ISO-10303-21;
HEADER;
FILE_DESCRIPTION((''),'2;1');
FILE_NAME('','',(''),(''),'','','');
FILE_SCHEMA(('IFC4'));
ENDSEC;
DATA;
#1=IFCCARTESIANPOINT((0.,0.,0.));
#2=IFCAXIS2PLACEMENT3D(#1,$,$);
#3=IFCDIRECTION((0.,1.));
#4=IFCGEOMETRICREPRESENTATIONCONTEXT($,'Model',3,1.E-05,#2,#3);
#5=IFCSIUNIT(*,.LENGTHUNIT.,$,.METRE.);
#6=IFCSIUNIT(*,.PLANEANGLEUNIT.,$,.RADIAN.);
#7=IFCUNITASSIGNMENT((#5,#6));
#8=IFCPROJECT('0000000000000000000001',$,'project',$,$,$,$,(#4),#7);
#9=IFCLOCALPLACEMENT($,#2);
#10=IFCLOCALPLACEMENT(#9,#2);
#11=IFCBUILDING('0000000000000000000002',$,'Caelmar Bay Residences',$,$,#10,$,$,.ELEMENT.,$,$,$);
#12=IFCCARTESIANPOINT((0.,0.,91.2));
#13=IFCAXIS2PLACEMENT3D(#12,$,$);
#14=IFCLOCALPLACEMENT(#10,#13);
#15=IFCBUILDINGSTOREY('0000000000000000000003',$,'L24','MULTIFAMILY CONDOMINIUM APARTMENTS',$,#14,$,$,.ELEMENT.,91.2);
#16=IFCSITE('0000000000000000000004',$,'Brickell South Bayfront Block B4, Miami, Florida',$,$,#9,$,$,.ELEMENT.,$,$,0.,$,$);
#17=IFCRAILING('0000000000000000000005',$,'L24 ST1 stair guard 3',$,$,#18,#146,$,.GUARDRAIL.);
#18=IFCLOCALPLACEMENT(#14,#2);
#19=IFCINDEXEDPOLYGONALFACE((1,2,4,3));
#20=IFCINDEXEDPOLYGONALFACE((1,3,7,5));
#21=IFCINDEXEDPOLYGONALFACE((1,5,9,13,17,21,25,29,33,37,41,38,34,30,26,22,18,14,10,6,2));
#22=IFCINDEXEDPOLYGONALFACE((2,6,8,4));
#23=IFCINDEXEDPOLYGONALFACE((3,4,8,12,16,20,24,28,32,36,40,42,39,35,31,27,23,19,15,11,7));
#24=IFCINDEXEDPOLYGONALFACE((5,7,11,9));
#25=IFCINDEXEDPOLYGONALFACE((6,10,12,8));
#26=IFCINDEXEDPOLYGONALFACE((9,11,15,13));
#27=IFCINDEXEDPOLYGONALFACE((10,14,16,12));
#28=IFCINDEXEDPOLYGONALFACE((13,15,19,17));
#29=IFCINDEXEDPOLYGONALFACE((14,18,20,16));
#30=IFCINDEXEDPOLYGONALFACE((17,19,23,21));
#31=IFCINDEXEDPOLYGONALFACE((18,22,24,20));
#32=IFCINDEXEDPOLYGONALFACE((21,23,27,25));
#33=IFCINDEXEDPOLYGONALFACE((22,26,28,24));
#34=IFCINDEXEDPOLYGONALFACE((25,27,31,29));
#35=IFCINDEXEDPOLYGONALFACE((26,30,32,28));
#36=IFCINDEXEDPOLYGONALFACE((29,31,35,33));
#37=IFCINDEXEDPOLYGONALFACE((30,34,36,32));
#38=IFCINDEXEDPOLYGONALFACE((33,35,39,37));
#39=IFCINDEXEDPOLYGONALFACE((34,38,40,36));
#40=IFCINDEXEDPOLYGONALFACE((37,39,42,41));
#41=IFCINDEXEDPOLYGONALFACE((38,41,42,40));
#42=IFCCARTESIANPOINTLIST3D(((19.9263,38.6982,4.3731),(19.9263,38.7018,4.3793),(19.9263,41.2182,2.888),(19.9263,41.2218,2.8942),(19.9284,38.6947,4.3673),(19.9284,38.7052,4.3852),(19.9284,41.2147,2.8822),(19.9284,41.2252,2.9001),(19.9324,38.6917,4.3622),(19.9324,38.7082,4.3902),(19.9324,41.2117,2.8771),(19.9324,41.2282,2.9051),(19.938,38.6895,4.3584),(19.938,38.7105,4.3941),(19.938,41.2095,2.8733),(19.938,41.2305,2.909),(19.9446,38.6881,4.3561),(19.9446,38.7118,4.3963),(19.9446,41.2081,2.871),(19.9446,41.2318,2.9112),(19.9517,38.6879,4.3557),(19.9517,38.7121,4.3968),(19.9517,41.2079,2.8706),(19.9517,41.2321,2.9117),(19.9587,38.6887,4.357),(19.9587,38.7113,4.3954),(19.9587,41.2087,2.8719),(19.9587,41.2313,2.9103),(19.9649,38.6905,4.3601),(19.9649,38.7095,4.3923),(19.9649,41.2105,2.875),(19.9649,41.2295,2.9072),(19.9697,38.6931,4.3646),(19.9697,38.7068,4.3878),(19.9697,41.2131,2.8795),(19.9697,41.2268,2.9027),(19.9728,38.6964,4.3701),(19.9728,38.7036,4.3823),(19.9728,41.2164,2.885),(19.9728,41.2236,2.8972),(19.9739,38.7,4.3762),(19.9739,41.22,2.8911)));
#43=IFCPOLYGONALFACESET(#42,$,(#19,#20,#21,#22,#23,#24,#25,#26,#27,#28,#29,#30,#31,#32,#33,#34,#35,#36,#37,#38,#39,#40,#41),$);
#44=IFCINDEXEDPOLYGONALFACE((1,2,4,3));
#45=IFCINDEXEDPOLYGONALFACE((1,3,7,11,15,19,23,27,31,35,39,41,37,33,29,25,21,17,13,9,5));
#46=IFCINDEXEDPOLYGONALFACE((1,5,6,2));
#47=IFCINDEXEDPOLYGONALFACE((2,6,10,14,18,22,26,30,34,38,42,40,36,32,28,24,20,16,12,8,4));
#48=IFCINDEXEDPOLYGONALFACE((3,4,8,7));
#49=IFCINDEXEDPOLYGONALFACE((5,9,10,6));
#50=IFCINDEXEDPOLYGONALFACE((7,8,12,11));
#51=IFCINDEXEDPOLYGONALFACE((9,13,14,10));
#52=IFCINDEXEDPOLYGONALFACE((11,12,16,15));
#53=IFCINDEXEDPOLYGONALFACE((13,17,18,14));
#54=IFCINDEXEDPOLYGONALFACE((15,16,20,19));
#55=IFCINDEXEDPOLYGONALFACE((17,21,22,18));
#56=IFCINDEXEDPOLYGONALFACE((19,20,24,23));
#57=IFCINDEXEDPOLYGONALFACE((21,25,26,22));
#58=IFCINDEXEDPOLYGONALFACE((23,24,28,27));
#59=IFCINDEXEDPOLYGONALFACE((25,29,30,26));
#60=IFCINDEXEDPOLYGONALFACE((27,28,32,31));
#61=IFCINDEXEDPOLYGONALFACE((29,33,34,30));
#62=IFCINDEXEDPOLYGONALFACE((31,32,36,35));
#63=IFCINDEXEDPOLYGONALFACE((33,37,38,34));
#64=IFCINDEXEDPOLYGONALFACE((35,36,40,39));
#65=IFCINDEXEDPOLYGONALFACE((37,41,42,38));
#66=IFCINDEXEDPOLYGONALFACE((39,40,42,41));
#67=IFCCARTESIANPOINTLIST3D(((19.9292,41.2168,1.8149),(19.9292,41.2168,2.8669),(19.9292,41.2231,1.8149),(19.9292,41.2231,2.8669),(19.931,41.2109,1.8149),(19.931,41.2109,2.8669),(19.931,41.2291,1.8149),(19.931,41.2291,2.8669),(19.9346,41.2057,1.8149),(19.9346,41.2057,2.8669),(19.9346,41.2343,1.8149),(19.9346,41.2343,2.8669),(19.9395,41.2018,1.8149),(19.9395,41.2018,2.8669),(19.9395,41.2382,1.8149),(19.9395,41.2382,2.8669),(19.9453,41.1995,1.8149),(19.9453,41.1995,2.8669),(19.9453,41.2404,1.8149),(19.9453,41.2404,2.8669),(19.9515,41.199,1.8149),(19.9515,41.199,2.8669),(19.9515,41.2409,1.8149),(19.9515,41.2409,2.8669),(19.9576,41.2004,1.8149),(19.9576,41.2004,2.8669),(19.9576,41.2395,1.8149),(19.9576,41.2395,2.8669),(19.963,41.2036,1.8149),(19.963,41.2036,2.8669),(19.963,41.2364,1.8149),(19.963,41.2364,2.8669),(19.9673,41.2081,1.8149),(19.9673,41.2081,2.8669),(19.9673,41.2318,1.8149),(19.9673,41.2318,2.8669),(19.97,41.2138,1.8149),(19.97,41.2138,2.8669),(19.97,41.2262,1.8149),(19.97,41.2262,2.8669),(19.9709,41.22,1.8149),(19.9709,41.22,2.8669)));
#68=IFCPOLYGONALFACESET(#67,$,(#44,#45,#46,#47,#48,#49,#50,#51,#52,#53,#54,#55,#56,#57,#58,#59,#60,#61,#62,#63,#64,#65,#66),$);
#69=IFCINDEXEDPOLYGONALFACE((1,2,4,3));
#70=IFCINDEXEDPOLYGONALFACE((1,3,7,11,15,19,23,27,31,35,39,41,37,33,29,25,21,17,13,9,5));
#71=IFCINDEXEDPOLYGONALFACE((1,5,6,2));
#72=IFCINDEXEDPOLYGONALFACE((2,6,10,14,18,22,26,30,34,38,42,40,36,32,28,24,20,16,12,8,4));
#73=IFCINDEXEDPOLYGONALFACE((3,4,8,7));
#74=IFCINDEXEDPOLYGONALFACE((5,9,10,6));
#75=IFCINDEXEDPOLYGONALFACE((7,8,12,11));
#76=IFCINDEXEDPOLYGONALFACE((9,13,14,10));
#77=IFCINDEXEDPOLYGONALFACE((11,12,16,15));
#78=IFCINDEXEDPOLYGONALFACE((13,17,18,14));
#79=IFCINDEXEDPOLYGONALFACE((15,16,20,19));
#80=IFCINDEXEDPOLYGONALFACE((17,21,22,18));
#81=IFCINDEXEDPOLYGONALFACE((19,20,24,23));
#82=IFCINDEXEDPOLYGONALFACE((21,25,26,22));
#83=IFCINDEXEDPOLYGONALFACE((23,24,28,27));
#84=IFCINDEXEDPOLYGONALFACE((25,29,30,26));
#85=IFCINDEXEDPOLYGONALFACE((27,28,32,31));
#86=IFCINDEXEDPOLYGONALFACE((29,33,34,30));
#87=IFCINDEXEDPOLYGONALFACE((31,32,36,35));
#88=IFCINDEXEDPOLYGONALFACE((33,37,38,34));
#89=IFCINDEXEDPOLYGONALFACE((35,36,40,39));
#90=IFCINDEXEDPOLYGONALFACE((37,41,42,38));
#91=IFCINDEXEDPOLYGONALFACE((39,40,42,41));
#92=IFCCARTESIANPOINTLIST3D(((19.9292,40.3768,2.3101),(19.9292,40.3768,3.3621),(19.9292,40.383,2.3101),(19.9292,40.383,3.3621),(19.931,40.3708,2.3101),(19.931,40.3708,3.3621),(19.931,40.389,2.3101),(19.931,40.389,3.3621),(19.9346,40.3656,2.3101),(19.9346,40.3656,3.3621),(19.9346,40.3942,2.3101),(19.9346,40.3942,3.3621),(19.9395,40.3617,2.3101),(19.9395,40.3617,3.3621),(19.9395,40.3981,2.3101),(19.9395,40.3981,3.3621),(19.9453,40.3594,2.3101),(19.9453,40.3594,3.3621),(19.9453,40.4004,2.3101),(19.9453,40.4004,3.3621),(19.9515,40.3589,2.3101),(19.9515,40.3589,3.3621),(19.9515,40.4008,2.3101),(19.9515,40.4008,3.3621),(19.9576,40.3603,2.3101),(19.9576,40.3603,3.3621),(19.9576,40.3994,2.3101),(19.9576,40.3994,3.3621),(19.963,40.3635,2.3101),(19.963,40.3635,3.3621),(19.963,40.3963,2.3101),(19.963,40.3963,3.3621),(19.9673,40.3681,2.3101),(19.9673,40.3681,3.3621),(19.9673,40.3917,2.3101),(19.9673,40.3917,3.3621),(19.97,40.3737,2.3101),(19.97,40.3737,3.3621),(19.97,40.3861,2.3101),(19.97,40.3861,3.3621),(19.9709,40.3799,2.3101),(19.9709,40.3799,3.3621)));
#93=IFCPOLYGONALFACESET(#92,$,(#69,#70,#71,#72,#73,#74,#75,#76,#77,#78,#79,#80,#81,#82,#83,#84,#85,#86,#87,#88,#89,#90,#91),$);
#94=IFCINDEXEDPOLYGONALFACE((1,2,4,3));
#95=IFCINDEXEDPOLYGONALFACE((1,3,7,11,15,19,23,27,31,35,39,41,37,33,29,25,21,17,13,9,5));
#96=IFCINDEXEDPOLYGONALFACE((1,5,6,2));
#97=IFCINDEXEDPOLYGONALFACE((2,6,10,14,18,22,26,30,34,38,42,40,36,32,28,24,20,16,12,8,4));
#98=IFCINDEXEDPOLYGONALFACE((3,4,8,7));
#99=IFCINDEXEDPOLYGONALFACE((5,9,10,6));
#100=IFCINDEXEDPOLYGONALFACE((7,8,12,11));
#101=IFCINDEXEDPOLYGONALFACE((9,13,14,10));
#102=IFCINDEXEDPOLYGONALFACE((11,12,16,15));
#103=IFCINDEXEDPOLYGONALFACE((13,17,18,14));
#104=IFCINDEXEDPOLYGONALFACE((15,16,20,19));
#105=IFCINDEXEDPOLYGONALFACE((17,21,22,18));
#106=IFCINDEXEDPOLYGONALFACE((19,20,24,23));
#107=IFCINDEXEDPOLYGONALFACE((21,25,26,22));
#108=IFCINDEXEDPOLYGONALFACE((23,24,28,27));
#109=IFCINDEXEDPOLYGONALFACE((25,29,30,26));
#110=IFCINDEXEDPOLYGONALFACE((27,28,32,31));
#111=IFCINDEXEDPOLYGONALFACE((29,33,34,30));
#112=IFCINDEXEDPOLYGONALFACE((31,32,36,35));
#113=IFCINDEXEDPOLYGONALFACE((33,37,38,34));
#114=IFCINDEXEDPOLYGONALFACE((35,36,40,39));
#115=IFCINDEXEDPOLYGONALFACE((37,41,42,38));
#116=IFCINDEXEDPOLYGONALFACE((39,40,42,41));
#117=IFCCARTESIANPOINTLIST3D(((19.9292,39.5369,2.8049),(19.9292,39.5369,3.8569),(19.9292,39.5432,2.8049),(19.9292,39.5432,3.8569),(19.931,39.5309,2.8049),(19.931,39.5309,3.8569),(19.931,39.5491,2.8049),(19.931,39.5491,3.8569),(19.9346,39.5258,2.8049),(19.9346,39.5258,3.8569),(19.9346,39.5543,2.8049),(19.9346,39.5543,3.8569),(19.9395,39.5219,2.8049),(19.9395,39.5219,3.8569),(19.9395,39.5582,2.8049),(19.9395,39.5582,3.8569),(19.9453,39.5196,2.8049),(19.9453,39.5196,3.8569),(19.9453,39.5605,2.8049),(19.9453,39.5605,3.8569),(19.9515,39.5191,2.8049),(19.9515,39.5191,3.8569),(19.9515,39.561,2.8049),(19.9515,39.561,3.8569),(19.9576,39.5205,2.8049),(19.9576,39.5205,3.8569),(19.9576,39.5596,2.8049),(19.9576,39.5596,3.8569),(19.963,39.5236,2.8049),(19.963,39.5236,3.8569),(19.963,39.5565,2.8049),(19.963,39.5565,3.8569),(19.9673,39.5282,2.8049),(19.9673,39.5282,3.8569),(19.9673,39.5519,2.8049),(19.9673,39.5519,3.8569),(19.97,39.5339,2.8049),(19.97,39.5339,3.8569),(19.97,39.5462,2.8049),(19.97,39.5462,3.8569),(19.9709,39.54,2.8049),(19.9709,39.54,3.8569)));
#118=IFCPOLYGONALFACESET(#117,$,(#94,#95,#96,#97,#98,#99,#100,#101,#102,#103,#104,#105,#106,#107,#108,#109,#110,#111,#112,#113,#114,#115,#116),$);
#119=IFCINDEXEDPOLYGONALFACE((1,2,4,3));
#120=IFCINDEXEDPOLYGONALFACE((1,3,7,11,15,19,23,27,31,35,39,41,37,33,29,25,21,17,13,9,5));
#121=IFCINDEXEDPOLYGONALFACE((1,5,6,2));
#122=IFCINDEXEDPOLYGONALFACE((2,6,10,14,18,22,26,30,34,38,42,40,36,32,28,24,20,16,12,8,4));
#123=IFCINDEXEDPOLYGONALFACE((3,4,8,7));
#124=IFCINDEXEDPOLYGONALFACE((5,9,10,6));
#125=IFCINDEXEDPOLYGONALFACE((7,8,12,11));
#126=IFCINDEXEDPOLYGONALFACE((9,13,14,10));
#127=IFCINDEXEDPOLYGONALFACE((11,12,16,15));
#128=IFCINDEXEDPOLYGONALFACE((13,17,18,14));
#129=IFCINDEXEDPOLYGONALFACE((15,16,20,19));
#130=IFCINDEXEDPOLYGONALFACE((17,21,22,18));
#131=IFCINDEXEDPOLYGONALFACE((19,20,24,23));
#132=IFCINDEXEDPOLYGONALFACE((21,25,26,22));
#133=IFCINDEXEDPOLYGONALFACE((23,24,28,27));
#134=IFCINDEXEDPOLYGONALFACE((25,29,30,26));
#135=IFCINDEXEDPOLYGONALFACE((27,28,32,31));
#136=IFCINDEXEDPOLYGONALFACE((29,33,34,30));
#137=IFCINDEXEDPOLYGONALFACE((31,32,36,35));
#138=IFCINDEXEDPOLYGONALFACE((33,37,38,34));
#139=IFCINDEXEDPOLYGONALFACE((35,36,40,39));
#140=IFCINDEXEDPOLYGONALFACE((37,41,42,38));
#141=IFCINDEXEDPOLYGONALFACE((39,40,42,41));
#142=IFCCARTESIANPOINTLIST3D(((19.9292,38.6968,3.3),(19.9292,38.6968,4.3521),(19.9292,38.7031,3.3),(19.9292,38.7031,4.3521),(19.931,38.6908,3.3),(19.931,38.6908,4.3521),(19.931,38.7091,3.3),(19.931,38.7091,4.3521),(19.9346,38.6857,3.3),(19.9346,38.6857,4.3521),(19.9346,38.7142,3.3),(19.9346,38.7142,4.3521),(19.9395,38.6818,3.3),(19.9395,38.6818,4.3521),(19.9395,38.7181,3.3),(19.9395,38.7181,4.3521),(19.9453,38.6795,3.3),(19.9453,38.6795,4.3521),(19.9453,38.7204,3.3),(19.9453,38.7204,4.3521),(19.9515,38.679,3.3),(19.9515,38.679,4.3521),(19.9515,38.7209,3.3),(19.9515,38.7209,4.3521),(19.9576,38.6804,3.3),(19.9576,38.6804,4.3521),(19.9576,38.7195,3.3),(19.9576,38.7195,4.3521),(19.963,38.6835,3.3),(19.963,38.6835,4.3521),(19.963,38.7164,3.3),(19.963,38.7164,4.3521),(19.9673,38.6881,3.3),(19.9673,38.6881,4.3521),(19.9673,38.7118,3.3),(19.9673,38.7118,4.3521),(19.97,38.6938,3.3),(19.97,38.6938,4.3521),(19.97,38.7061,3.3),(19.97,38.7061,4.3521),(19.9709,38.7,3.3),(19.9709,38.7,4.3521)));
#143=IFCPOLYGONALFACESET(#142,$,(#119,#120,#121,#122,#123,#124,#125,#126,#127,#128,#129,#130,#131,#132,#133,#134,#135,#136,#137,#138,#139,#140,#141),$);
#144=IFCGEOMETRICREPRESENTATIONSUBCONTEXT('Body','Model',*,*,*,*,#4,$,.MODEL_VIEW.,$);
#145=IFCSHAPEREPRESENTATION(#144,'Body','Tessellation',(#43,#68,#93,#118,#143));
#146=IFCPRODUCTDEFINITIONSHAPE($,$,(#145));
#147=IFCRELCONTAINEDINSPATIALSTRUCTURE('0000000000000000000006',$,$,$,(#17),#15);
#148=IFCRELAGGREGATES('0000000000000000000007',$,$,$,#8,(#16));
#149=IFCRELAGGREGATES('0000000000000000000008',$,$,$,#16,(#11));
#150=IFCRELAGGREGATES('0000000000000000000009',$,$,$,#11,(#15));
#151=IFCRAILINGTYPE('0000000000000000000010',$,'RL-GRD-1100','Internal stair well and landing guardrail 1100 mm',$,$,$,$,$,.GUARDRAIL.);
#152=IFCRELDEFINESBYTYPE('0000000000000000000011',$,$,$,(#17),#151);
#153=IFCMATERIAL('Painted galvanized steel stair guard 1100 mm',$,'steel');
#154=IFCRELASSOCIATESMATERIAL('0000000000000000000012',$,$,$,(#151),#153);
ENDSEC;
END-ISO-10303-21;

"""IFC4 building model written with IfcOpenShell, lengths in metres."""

from ifc_helpers import new_model, si_unit, direction, frame, origin, origin_2d, place, context, subcontext, project, spatial, circle, extrude, material, type_object, element, save


model = new_model("IFC4")

# Units and contexts
model_context = context("Model", 3, precision=1e-05, world=origin(), true_north=direction((0.0, 1.0)))
body_context = subcontext(model_context, "Body", "Model", "MODEL_VIEW")
ifc_project = project(units=[si_unit("LENGTHUNIT", "METRE"), si_unit("PLANEANGLEUNIT", "RADIAN")], contexts=[model_context])

# Site, building, storey
site_placement = place(None, origin())
site = spatial("IfcSite", under=ifc_project, at=site_placement, Name="Brickell South Bayfront Block B4, Miami, Florida", CompositionType="ELEMENT", RefElevation=0.0)
building_placement = place(site_placement, origin())
building = spatial("IfcBuilding", under=site, at=building_placement, Name="Caelmar Bay Residences", CompositionType="ELEMENT")
storey_placement = place(building_placement, frame((0.0, 0.0, 91.2)))
storey = spatial("IfcBuildingStorey", under=building, at=storey_placement, Name="L24", Description="MULTIFAMILY CONDOMINIUM APARTMENTS", CompositionType="ELEMENT", Elevation=91.2)

# Railing
ifc_material_1 = material(Name="Painted galvanized steel stair guard 1100 mm", Category="steel")
railing_type_1 = type_object("IfcRailingType", Name="RL-GRD-1100", Description="Internal stair well and landing guardrail 1100 mm", PredefinedType="GUARDRAIL", material=ifc_material_1)
railing_1_placement = place(storey_placement, frame((19.95, 41.22, 1.8149)))
element("IfcRailing", 1, at=railing_1_placement, inside=storey, type_object=railing_type_1, Name="L24 ST1 stair guard 3", PredefinedType="GUARDRAIL", context=body_context, shape_type="SweptSolid", body=[
    extrude(circle(Radius=0.0239, at=origin_2d()), frame((0.0, 0.0, 1.0762), z_axis=(0.0, -0.861524, 0.507717), x_axis=(1.0, 0.0, 0.0)), (0.0, 0.0, 1.0), 2.925),
    extrude(circle(Radius=0.021, at=origin_2d()), origin(), (0.0, 0.0, 1.0), 1.052),
    extrude(circle(Radius=0.021, at=origin_2d()), frame((0.0, -0.8401, 0.4951)), (0.0, 0.0, 1.0), 1.052),
    extrude(circle(Radius=0.021, at=origin_2d()), frame((0.0, -1.6799, 0.99)), (0.0, 0.0, 1.0), 1.052),
    extrude(circle(Radius=0.021, at=origin_2d()), frame((0.0, -2.52, 1.4851)), (0.0, 0.0, 1.0), 1.052),
])

save(model, "model.ifc")
